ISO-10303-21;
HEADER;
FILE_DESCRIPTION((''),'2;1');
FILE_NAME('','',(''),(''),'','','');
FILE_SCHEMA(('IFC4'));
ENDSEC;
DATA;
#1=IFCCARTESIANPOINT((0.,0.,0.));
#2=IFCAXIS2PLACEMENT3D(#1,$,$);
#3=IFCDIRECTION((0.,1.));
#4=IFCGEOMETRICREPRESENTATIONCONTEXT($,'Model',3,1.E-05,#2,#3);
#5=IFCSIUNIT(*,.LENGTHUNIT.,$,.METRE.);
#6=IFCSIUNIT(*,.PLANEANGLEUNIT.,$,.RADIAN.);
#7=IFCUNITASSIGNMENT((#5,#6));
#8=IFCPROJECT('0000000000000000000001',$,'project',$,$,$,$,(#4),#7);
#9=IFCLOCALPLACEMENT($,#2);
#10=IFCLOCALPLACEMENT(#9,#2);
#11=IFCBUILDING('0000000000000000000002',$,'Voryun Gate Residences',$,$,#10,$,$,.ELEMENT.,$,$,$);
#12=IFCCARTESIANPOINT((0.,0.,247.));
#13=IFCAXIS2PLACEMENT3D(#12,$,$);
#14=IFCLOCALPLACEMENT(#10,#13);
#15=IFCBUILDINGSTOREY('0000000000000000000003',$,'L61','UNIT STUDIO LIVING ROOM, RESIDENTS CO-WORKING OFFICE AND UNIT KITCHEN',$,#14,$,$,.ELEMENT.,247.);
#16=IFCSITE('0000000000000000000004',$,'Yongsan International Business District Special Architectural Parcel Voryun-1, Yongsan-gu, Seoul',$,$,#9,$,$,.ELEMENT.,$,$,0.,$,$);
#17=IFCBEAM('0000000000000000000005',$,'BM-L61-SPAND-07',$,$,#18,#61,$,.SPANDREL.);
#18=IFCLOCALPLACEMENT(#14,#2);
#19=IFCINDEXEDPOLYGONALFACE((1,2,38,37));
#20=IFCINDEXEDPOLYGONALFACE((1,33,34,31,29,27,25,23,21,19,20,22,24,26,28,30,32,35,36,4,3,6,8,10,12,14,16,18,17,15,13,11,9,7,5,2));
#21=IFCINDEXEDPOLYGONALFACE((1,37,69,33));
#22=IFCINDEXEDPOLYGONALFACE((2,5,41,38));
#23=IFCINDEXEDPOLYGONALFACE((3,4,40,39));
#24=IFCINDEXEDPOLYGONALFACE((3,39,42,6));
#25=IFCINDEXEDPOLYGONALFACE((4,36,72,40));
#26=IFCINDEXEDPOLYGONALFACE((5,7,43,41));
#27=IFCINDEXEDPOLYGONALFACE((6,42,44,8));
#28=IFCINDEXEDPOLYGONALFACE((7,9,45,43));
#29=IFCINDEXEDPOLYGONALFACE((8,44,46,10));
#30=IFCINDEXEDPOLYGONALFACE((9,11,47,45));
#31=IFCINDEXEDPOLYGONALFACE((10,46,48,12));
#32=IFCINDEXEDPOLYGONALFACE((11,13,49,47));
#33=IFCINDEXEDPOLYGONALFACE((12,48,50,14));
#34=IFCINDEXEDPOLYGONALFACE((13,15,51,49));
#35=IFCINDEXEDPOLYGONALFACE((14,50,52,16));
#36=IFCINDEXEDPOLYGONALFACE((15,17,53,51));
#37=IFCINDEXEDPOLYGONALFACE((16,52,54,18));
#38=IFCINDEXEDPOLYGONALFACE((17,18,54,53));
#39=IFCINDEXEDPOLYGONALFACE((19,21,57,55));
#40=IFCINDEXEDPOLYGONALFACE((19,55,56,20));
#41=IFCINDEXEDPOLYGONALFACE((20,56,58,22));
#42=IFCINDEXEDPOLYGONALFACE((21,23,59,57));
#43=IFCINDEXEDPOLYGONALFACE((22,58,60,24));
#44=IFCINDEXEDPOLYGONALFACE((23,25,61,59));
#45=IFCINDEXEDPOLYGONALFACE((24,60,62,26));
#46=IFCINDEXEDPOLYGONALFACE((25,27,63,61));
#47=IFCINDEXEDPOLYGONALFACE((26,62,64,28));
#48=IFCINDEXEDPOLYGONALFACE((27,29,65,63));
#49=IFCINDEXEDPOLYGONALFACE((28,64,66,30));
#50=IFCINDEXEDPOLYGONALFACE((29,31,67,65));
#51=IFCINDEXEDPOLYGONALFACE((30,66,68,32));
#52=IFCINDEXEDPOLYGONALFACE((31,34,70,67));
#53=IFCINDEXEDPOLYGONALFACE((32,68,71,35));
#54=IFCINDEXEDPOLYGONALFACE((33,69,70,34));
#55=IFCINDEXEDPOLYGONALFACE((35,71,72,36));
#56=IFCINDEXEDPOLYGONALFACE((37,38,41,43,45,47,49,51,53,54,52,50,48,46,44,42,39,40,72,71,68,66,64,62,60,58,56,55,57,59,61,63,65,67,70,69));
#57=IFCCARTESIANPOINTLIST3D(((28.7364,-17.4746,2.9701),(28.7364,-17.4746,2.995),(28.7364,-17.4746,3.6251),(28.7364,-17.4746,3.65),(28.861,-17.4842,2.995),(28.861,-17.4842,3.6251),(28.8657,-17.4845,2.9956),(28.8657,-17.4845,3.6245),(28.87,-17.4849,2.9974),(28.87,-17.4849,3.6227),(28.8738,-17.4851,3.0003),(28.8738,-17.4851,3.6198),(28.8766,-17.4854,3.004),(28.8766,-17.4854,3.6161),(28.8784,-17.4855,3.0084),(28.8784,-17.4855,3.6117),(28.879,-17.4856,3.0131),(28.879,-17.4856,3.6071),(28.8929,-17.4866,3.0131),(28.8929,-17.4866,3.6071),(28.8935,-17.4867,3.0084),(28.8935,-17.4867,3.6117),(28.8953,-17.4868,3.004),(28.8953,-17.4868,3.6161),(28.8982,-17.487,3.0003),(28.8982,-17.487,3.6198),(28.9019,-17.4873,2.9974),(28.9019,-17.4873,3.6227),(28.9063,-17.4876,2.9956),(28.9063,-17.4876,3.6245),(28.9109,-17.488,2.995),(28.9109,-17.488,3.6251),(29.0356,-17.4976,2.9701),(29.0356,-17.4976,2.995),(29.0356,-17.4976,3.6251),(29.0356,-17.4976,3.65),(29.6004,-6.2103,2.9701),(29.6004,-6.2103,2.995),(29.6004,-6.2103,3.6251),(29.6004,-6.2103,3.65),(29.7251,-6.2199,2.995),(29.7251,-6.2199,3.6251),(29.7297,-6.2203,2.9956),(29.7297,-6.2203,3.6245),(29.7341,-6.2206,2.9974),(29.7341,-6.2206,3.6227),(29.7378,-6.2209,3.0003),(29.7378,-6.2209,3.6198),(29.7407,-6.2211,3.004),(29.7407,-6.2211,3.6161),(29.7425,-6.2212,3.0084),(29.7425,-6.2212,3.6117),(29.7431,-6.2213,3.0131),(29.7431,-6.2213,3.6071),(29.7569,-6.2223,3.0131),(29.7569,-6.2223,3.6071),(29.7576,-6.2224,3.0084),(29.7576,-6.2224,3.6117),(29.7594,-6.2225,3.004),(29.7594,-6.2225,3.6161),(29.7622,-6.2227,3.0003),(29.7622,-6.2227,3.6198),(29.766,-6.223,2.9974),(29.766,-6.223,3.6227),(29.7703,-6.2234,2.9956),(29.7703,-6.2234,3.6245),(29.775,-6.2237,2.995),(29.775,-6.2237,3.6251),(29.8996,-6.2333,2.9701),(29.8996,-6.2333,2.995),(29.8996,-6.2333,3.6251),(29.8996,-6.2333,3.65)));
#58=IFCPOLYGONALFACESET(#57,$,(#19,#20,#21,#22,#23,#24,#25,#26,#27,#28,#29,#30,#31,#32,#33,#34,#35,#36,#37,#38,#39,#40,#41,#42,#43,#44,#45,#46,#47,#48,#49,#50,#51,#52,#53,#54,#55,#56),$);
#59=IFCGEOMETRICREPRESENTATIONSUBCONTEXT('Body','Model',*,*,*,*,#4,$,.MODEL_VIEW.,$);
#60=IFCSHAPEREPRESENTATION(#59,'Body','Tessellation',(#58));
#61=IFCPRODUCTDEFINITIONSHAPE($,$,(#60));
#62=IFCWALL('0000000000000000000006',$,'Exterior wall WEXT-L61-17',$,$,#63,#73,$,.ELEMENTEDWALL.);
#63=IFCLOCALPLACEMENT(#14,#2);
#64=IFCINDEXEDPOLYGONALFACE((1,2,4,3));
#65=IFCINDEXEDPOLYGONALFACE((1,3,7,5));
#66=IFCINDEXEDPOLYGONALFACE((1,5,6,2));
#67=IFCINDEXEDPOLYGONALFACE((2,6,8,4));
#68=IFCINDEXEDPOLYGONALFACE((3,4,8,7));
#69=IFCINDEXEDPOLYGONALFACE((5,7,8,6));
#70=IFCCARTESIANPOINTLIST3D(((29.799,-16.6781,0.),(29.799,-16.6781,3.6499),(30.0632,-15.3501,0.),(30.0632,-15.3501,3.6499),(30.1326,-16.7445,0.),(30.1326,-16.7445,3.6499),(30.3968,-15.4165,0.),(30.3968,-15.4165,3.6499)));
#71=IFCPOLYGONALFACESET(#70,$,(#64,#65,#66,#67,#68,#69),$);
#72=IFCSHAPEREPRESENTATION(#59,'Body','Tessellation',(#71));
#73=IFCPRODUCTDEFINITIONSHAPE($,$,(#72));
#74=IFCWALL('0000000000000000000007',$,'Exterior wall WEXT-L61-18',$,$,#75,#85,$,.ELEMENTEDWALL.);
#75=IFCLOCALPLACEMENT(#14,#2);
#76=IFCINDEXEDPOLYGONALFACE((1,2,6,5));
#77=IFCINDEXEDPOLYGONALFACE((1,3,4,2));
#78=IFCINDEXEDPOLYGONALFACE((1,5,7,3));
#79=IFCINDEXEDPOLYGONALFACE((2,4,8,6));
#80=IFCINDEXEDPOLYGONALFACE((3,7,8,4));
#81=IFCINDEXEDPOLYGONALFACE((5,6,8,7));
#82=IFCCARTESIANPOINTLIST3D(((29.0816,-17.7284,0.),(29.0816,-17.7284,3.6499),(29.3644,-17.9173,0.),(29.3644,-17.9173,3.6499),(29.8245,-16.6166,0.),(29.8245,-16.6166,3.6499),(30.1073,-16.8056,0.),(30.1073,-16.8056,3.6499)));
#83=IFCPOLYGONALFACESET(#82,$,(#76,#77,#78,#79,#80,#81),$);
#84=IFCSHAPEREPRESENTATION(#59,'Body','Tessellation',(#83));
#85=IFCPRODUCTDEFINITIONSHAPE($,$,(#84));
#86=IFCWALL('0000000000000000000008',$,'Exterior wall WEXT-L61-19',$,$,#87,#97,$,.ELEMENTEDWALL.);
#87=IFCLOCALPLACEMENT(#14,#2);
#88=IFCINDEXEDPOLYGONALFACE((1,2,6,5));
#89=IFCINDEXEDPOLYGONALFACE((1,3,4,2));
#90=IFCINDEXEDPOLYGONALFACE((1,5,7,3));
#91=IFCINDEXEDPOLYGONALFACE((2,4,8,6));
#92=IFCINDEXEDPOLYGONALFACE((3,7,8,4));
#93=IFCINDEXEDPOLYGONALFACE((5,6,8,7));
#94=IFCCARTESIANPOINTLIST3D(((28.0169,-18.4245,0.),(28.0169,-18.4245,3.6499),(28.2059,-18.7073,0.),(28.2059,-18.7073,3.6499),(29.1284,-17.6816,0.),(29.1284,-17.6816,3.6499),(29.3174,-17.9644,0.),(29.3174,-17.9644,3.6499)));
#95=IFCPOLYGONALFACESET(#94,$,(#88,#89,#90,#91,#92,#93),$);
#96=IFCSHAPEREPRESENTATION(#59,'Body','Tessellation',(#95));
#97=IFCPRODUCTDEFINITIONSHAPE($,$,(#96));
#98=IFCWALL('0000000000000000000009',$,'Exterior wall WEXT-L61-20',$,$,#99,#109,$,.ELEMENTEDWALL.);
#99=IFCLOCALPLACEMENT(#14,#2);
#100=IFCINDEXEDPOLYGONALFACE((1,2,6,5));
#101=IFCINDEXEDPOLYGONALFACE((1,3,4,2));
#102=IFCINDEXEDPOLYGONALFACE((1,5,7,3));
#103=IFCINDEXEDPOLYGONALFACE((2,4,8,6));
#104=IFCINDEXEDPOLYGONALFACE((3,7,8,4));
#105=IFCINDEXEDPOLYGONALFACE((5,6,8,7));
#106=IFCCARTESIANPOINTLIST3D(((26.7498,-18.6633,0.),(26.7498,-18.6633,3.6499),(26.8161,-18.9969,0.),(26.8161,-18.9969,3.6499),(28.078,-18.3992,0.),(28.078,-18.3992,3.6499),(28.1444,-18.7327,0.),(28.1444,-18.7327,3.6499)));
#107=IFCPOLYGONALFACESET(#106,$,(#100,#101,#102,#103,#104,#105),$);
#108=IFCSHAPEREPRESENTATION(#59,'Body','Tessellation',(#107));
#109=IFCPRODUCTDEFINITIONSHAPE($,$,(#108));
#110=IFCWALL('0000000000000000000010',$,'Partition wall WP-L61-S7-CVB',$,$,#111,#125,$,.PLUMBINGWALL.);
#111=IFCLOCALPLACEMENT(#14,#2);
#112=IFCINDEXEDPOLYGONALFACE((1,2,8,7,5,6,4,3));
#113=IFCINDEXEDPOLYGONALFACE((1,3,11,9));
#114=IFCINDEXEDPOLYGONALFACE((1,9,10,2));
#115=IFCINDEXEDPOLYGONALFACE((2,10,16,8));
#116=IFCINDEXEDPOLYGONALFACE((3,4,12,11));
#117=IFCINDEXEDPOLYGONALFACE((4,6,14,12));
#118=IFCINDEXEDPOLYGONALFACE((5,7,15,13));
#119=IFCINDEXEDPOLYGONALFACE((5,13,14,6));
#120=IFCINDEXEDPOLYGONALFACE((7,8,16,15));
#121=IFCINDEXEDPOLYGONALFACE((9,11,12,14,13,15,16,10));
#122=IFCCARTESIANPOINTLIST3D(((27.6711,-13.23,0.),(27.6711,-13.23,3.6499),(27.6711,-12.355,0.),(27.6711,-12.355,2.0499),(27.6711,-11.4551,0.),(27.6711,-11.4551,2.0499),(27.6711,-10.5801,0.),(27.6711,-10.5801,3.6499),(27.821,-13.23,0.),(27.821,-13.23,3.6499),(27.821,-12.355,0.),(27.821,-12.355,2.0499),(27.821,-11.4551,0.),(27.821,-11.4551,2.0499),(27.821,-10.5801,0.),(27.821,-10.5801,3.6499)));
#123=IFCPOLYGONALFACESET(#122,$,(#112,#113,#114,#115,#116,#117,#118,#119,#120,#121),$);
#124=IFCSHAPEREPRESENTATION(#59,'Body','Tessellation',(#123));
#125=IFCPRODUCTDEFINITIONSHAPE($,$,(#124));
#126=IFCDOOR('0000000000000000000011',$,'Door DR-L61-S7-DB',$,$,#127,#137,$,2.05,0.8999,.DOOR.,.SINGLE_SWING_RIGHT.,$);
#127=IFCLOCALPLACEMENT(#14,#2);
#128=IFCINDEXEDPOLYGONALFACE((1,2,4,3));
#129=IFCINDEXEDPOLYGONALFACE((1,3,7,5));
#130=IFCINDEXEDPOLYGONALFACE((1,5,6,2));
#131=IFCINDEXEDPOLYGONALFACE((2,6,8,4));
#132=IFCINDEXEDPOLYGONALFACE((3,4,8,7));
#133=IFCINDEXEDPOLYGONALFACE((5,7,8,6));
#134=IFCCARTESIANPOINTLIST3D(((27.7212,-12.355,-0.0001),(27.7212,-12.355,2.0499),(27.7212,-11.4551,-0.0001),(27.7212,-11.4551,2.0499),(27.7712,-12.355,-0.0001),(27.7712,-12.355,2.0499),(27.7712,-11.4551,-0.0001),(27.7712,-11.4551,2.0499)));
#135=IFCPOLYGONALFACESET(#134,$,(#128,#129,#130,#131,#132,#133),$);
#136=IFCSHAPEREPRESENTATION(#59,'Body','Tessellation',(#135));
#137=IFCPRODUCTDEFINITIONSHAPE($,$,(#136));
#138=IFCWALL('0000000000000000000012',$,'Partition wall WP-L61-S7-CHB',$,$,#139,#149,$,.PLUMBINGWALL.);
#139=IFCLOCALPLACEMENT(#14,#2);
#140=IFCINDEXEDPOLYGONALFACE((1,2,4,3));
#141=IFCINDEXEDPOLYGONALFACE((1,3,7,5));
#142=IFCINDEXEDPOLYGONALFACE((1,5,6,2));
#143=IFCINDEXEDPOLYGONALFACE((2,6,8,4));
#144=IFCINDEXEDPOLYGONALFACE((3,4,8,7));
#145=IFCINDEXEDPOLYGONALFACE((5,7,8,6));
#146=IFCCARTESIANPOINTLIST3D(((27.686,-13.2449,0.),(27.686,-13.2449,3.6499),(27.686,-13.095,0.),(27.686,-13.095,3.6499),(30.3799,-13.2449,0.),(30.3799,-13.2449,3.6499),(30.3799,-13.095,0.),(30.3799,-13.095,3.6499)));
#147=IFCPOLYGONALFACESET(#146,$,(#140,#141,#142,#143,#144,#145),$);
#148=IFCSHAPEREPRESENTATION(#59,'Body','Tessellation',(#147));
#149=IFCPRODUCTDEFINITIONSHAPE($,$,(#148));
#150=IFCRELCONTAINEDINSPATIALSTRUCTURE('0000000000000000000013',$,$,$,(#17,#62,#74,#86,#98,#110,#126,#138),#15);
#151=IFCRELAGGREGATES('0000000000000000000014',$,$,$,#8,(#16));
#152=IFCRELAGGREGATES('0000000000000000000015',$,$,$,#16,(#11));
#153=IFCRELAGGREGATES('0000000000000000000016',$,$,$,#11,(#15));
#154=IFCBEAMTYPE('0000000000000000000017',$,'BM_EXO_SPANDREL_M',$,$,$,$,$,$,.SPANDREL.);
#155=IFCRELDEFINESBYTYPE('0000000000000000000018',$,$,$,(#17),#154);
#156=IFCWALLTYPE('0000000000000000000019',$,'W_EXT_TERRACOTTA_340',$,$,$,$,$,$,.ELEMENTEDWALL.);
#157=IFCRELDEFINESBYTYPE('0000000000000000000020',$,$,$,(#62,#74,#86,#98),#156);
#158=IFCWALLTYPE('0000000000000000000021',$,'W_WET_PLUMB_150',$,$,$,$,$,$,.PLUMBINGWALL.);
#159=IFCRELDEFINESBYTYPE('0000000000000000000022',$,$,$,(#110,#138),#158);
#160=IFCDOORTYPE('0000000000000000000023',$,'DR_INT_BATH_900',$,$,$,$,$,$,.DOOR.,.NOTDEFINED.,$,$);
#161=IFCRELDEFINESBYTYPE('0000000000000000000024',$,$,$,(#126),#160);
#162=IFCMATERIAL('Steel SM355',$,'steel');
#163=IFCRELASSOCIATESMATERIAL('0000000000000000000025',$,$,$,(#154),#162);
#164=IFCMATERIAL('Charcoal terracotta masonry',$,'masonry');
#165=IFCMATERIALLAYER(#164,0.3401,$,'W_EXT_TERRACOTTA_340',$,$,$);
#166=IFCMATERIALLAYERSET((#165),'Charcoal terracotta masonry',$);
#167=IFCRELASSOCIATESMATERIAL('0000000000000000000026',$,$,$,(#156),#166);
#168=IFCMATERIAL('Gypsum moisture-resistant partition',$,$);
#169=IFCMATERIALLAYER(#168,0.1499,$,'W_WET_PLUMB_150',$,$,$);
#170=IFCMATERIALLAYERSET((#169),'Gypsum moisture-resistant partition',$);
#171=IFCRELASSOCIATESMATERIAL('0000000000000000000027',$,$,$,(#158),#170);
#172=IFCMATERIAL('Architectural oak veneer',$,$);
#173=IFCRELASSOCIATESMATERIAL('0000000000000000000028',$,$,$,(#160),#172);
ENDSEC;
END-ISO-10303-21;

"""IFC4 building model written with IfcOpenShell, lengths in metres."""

from ifc_helpers import new_model, si_unit, direction, frame, frame_2d, origin, origin_2d, place, context, subcontext, project, spatial, rectangle, i_section, extrude, material, layer, layer_set, material_profile, profile_set, type_object, element, fill, save


model = new_model("IFC4")

# Units and contexts
model_context = context("Model", 3, precision=1e-05, world=origin(), true_north=direction((0.0, 1.0)))
body_context = subcontext(model_context, "Body", "Model", "MODEL_VIEW")
ifc_project = project(units=[si_unit("LENGTHUNIT", "METRE"), si_unit("PLANEANGLEUNIT", "RADIAN")], contexts=[model_context])

# Site, building, storey
site_placement = place(None, origin())
site = spatial("IfcSite", under=ifc_project, at=site_placement, Name="Yongsan International Business District Special Architectural Parcel Voryun-1, Yongsan-gu, Seoul", CompositionType="ELEMENT", RefElevation=0.0)
building_placement = place(site_placement, origin())
building = spatial("IfcBuilding", under=site, at=building_placement, Name="Voryun Gate Residences", CompositionType="ELEMENT")
storey_placement = place(building_placement, frame((0.0, 0.0, 247.0)))
storey = spatial("IfcBuildingStorey", under=building, at=storey_placement, Name="L61", Description="UNIT STUDIO LIVING ROOM, RESIDENTS CO-WORKING OFFICE AND UNIT KITCHEN", CompositionType="ELEMENT", Elevation=247.0)

# Beam
ifc_material_1 = material(Name="Steel SM355", Category="steel")
ifc_material_profile_1 = material_profile(ifc_material_1, i_section(OverallWidth=0.3, OverallDepth=0.6799, WebThickness=0.0139, FlangeThickness=0.0249, FilletRadius=0.0181, at=origin_2d()), Name="H-680x300x14x25")
ifc_profile_set_1 = profile_set([ifc_material_profile_1], Name="Steel SM355")
beam_type = type_object("IfcBeamType", Name="BM_EXO_SPANDREL_M", PredefinedType="SPANDREL", material=ifc_profile_set_1)
beam_1_placement = place(storey_placement, frame((28.886, -17.4861, 3.3101), z_axis=(0.07648, 0.997071, 0.0), x_axis=(-0.997071, 0.07648, 0.0)))
element("IfcBeam", 1, at=beam_1_placement, inside=storey, type_object=beam_type, Name="BM-L61-SPAND-07", PredefinedType="SPANDREL", context=body_context, shape_type="SweptSolid", body=[
    extrude(i_section(OverallWidth=0.3, OverallDepth=0.6799, WebThickness=0.0139, FlangeThickness=0.0249, FilletRadius=0.0181, at=origin_2d()), origin(), (0.0, 0.0, 1.0), 11.2974),
])

# Walls
ifc_material_2 = material(Name="Charcoal terracotta masonry", Category="masonry")
ifc_layer_1 = layer(ifc_material_2, 0.3401, Name="W_EXT_TERRACOTTA_340")
ifc_layer_set_1 = layer_set([ifc_layer_1], Name="Charcoal terracotta masonry")
wall_type_1 = type_object("IfcWallType", Name="W_EXT_TERRACOTTA_340", PredefinedType="ELEMENTEDWALL", material=ifc_layer_set_1)
wall_1_placement = place(storey_placement, frame((30.23, -15.3833, 0.0), z_axis=(0.0, 0.0, 1.0), x_axis=(-0.19511, -0.980781, 0.0)))
element("IfcWall", 2, at=wall_1_placement, inside=storey, type_object=wall_type_1, Name="Exterior wall WEXT-L61-17", PredefinedType="ELEMENTEDWALL", context=body_context, shape_type="SweptSolid", body=[
    extrude(rectangle(XDim=1.354, YDim=0.3401, at=frame_2d((0.677, 0.0))), origin(), (0.0, 0.0, 1.0), 3.6499),
])
wall_2_placement = place(storey_placement, frame((29.9658, -16.7112, 0.0), z_axis=(0.0, 0.0, 1.0), x_axis=(-0.555585, -0.83146, 0.0)))
element("IfcWall", 3, at=wall_2_placement, inside=storey, type_object=wall_type_1, Name="Exterior wall WEXT-L61-18", PredefinedType="ELEMENTEDWALL", context=body_context, shape_type="SweptSolid", body=[
    extrude(rectangle(XDim=1.3372, YDim=0.3401, at=frame_2d((0.6685, 0.0))), origin(), (0.0, 0.0, 1.0), 3.6499),
])
wall_3_placement = place(storey_placement, frame((29.2229, -17.823, 0.0), z_axis=(0.0, 0.0, 1.0), x_axis=(-0.831404, -0.555669, 0.0)))
element("IfcWall", 4, at=wall_3_placement, inside=storey, type_object=wall_type_1, Name="Exterior wall WEXT-L61-19", PredefinedType="ELEMENTEDWALL", context=body_context, shape_type="SweptSolid", body=[
    extrude(rectangle(XDim=1.3369, YDim=0.3401, at=frame_2d((0.6685, 0.0))), origin(), (0.0, 0.0, 1.0), 3.6499),
])
wall_4_placement = place(storey_placement, frame((28.1113, -18.5659, 0.0), z_axis=(0.0, 0.0, 1.0), x_axis=(-0.980788, -0.195076, 0.0)))
element("IfcWall", 5, at=wall_4_placement, inside=storey, type_object=wall_type_1, Name="Exterior wall WEXT-L61-20", PredefinedType="ELEMENTEDWALL", context=body_context, shape_type="SweptSolid", body=[
    extrude(rectangle(XDim=1.3542, YDim=0.3401, at=frame_2d((0.6772, 0.0))), origin(), (0.0, 0.0, 1.0), 3.6499),
])

# Wall, opening, door
ifc_material_3 = material(Name="Gypsum moisture-resistant partition")
ifc_layer_2 = layer(ifc_material_3, 0.1499, Name="W_WET_PLUMB_150")
ifc_layer_set_2 = layer_set([ifc_layer_2], Name="Gypsum moisture-resistant partition")
wall_type_2 = type_object("IfcWallType", Name="W_WET_PLUMB_150", PredefinedType="PLUMBINGWALL", material=ifc_layer_set_2)
wall_5_placement = place(storey_placement, frame((27.7461, -13.23, 0.0), z_axis=(0.0, 0.0, 1.0), x_axis=(0.0, 1.0, 0.0)))
wall_5 = element("IfcWall", 6, at=wall_5_placement, inside=storey, type_object=wall_type_2, Name="Partition wall WP-L61-S7-CVB", PredefinedType="PLUMBINGWALL", context=body_context, shape_type="SweptSolid", body=[
    extrude(rectangle(XDim=2.6499, YDim=0.1499, at=frame_2d((1.325, 0.0))), origin(), (0.0, 0.0, 1.0), 3.6499),
])
opening_placement = place(wall_5_placement, frame((0.875, 0.0, 0.0)))
opening = element("IfcOpeningElement", 7, at=opening_placement, cuts=wall_5, PredefinedType="OPENING", context=body_context, shape_type="SweptSolid", body=[
    extrude(rectangle(XDim=0.8999, YDim=2.05, at=frame_2d((0.45, 1.0249))), frame((0.0, 0.085, 0.0), z_axis=(0.0, -1.0, 0.0), x_axis=(1.0, 0.0, 0.0)), (0.0, 0.0, 1.0), 0.1699),
])
ifc_material_4 = material(Name="Architectural oak veneer")
door_type = type_object("IfcDoorType", Name="DR_INT_BATH_900", OperationType="NOTDEFINED", PredefinedType="DOOR", material=ifc_material_4)
door_placement = place(opening_placement, origin())
door = element("IfcDoor", 8, at=door_placement, inside=storey, type_object=door_type, Name="Door DR-L61-S7-DB", OperationType="SINGLE_SWING_RIGHT", OverallHeight=2.05, OverallWidth=0.8999, PredefinedType="DOOR", context=body_context, shape_type="SweptSolid", body=[
    extrude(rectangle(XDim=0.8999, YDim=2.05, at=frame_2d((0.45, 1.0249))), frame((0.0, 0.0249, 0.0), z_axis=(0.0, -1.0, 0.0), x_axis=(1.0, 0.0, 0.0)), (0.0, 0.0, 1.0), 0.05),
])
fill(opening, door)

# Wall
wall_6_placement = place(storey_placement, frame((27.686, -13.1699, 0.0), z_axis=(0.0, 0.0, 1.0), x_axis=(1.0, 0.0, 0.0)))
element("IfcWall", 9, at=wall_6_placement, inside=storey, type_object=wall_type_2, Name="Partition wall WP-L61-S7-CHB", PredefinedType="PLUMBINGWALL", context=body_context, shape_type="SweptSolid", body=[
    extrude(rectangle(XDim=2.6938, YDim=0.1499, at=frame_2d((1.3469, 0.0))), origin(), (0.0, 0.0, 1.0), 3.6499),
])

save(model, "model.ifc")
